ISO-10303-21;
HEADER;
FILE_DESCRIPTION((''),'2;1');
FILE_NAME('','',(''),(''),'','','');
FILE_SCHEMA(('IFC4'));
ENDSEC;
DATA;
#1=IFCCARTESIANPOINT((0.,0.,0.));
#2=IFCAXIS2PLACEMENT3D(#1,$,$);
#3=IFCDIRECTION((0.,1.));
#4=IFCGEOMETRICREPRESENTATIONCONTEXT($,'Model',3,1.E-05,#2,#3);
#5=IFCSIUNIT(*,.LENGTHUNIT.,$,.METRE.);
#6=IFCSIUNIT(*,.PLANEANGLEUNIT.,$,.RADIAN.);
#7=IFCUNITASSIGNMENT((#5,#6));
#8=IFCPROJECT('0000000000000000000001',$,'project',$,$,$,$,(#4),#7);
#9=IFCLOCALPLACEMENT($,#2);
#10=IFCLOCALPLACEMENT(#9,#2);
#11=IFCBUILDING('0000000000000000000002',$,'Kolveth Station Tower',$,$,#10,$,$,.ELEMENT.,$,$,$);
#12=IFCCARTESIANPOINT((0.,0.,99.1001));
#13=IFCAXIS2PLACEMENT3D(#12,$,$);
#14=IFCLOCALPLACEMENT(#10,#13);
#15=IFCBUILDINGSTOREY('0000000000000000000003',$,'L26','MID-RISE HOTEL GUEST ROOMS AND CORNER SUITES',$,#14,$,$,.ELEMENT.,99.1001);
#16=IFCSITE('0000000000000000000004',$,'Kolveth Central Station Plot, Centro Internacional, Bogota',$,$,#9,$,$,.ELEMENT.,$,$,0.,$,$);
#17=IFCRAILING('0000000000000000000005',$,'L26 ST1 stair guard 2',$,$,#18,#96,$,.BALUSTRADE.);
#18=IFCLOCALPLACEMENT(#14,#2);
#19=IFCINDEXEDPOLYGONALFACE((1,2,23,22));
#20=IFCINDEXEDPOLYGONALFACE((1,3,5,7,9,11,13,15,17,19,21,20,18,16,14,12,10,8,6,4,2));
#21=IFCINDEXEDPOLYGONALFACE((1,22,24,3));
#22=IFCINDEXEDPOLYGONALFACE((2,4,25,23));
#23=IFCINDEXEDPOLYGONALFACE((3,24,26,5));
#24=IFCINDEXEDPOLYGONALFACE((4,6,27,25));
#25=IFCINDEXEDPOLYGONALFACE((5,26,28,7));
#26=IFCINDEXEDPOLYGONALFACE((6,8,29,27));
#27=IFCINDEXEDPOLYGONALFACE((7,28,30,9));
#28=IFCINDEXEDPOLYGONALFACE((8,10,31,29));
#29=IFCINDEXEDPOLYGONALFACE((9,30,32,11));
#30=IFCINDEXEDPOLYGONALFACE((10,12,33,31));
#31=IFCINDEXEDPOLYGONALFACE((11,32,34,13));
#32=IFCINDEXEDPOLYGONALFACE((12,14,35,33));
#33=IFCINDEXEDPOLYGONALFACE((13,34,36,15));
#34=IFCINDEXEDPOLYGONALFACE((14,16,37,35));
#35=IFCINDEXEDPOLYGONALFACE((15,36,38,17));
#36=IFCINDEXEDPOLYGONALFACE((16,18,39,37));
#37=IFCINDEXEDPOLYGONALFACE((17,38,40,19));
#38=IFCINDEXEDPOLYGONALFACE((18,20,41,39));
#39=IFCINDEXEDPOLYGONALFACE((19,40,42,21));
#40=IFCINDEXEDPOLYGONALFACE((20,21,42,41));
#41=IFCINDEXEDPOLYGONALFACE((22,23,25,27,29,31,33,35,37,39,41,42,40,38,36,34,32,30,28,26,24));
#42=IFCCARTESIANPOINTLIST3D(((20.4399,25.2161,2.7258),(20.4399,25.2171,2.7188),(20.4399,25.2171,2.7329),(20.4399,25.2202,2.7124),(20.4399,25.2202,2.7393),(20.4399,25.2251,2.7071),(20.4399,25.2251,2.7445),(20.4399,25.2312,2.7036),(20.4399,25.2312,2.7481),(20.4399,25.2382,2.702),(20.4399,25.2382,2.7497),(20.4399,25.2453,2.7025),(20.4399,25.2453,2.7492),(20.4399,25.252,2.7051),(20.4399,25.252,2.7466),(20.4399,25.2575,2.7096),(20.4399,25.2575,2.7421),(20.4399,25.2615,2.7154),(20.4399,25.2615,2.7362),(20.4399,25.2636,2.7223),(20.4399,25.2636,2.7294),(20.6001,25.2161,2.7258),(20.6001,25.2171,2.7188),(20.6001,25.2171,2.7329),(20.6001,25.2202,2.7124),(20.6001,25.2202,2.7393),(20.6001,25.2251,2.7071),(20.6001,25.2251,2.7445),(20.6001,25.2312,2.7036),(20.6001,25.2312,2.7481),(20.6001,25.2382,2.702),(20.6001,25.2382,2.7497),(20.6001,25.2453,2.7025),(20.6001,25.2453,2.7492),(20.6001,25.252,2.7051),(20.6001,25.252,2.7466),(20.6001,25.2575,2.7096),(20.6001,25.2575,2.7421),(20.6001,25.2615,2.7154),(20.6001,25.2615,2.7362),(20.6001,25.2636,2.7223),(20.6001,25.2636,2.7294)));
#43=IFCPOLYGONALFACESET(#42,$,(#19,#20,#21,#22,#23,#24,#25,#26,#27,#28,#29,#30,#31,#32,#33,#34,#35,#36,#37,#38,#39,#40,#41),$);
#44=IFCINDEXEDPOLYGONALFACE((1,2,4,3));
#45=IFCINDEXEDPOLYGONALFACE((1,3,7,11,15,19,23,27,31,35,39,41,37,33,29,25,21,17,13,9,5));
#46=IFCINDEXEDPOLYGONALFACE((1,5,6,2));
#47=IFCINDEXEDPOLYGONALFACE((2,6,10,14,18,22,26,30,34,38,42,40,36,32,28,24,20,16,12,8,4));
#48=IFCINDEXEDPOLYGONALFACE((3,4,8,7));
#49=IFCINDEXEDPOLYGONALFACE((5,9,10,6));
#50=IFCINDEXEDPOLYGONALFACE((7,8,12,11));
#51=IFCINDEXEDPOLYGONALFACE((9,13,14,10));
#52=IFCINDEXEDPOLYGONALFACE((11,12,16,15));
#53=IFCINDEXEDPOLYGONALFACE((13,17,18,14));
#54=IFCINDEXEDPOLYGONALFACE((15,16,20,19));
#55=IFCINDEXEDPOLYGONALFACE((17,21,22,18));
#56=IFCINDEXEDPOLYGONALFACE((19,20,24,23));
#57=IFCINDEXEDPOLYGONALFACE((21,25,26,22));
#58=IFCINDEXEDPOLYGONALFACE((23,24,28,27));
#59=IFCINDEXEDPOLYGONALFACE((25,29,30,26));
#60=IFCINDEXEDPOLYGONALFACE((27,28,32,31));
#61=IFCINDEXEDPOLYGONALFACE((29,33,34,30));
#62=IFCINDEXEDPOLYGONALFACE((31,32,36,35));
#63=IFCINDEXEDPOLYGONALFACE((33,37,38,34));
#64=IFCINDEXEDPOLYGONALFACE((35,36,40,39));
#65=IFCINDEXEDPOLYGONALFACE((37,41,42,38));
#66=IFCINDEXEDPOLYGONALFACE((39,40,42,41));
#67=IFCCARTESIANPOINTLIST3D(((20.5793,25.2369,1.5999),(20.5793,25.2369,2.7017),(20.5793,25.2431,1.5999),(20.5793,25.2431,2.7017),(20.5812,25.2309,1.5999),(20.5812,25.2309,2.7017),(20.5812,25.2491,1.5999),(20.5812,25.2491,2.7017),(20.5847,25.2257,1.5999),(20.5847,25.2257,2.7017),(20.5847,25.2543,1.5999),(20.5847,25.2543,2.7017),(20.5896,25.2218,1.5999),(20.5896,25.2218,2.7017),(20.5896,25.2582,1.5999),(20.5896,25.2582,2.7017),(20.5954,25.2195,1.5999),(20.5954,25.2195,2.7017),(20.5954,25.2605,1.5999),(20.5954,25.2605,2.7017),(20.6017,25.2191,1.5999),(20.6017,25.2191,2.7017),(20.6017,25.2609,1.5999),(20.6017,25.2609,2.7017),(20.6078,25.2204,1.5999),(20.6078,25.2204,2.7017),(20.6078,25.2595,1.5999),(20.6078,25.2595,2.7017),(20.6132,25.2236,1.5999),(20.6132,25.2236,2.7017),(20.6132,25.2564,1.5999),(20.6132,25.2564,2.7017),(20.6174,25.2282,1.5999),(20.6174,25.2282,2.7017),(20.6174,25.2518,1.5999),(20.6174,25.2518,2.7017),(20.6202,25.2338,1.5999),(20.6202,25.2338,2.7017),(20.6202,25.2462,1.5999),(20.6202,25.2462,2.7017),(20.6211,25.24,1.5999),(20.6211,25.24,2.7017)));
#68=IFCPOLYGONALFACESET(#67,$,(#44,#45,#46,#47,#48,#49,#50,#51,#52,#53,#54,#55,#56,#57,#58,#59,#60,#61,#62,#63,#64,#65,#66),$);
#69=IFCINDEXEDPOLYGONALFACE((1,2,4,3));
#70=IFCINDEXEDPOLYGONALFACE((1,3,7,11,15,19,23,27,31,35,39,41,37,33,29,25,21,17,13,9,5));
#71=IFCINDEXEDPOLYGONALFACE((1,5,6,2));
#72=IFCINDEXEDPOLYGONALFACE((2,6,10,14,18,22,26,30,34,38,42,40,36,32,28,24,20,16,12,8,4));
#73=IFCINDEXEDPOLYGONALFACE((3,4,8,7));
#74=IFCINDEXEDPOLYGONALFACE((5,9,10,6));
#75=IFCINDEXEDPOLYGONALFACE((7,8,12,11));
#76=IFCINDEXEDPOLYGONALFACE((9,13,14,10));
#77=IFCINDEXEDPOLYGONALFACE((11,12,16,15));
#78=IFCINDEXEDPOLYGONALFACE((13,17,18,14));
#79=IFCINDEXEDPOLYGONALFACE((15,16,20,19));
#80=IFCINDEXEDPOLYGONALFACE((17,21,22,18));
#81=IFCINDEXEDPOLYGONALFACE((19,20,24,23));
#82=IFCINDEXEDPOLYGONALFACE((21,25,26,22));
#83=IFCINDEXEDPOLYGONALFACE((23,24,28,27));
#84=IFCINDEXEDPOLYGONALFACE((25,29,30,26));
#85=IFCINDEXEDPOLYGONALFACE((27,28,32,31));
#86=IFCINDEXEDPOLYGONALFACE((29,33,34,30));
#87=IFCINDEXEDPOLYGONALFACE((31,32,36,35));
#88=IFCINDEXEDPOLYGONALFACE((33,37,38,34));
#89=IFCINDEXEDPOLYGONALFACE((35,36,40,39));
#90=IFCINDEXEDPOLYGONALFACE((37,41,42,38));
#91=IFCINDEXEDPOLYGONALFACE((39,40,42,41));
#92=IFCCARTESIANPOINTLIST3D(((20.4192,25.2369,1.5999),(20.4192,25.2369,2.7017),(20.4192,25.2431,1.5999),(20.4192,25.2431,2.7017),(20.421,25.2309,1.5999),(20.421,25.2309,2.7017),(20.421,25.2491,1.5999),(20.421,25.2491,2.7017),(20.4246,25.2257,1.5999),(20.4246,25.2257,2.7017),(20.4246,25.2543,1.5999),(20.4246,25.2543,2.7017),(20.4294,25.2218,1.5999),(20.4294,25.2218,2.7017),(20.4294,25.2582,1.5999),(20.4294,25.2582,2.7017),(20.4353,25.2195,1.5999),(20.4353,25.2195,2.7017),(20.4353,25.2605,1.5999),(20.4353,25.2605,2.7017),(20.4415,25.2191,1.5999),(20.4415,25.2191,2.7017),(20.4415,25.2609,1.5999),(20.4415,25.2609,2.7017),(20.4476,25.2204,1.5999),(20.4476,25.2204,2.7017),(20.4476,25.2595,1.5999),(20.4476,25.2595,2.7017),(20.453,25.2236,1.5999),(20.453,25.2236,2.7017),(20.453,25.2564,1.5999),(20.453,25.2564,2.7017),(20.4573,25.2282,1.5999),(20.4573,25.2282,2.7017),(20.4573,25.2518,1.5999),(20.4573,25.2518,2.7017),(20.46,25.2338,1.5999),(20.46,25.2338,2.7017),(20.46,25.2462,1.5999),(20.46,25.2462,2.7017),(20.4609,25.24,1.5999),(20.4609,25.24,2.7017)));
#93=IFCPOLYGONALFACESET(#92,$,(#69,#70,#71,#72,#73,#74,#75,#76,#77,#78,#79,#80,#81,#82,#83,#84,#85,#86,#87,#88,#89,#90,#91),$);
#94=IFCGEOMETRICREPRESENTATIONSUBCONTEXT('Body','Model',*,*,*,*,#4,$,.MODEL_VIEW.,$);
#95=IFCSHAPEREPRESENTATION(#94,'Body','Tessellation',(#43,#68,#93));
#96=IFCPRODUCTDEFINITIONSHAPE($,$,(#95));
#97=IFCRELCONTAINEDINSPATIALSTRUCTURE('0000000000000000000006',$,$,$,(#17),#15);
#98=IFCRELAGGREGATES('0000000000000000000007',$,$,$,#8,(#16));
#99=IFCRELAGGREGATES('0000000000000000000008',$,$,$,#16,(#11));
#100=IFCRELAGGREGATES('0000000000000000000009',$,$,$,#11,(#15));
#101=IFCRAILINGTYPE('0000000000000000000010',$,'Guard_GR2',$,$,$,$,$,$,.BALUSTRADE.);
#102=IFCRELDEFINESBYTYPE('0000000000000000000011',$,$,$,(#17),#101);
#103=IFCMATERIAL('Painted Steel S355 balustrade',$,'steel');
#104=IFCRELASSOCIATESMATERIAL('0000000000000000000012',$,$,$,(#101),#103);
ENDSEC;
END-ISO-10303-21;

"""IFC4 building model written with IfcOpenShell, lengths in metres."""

from ifc_helpers import new_model, si_unit, direction, frame, origin, origin_2d, place, context, subcontext, project, spatial, circle, extrude, material, type_object, element, save


model = new_model("IFC4")

# Units and contexts
model_context = context("Model", 3, precision=1e-05, world=origin(), true_north=direction((0.0, 1.0)))
body_context = subcontext(model_context, "Body", "Model", "MODEL_VIEW")
ifc_project = project(units=[si_unit("LENGTHUNIT", "METRE"), si_unit("PLANEANGLEUNIT", "RADIAN")], contexts=[model_context])

# Site, building, storey
site_placement = place(None, origin())
site = spatial("IfcSite", under=ifc_project, at=site_placement, Name="Kolveth Central Station Plot, Centro Internacional, Bogota", CompositionType="ELEMENT", RefElevation=0.0)
building_placement = place(site_placement, origin())
building = spatial("IfcBuilding", under=site, at=building_placement, Name="Kolveth Station Tower", CompositionType="ELEMENT")
storey_placement = place(building_placement, frame((0.0, 0.0, 99.1001)))
storey = spatial("IfcBuildingStorey", under=building, at=storey_placement, Name="L26", Description="MID-RISE HOTEL GUEST ROOMS AND CORNER SUITES", CompositionType="ELEMENT", Elevation=99.1001)

# Railing
ifc_material_1 = material(Name="Painted Steel S355 balustrade", Category="steel")
railing_type_1 = type_object("IfcRailingType", Name="Guard_GR2", PredefinedType="BALUSTRADE", material=ifc_material_1)
railing_1_placement = place(storey_placement, frame((20.6001, 25.24, 1.5999)))
element("IfcRailing", 1, at=railing_1_placement, inside=storey, type_object=railing_type_1, Name="L26 ST1 stair guard 2", PredefinedType="BALUSTRADE", context=body_context, shape_type="SweptSolid", body=[
    extrude(circle(Radius=0.0239, at=origin_2d()), frame((0.0, 0.0, 1.126), z_axis=(-1.0, 0.0, 0.0), x_axis=(0.0, -1.0, 0.0)), (0.0, 0.0, 1.0), 0.1602),
    extrude(circle(Radius=0.021, at=origin_2d()), origin(), (0.0, 0.0, 1.0), 1.1018),
    extrude(circle(Radius=0.021, at=origin_2d()), frame((-0.1602, 0.0, 0.0)), (0.0, 0.0, 1.0), 1.1018),
])

save(model, "model.ifc")
